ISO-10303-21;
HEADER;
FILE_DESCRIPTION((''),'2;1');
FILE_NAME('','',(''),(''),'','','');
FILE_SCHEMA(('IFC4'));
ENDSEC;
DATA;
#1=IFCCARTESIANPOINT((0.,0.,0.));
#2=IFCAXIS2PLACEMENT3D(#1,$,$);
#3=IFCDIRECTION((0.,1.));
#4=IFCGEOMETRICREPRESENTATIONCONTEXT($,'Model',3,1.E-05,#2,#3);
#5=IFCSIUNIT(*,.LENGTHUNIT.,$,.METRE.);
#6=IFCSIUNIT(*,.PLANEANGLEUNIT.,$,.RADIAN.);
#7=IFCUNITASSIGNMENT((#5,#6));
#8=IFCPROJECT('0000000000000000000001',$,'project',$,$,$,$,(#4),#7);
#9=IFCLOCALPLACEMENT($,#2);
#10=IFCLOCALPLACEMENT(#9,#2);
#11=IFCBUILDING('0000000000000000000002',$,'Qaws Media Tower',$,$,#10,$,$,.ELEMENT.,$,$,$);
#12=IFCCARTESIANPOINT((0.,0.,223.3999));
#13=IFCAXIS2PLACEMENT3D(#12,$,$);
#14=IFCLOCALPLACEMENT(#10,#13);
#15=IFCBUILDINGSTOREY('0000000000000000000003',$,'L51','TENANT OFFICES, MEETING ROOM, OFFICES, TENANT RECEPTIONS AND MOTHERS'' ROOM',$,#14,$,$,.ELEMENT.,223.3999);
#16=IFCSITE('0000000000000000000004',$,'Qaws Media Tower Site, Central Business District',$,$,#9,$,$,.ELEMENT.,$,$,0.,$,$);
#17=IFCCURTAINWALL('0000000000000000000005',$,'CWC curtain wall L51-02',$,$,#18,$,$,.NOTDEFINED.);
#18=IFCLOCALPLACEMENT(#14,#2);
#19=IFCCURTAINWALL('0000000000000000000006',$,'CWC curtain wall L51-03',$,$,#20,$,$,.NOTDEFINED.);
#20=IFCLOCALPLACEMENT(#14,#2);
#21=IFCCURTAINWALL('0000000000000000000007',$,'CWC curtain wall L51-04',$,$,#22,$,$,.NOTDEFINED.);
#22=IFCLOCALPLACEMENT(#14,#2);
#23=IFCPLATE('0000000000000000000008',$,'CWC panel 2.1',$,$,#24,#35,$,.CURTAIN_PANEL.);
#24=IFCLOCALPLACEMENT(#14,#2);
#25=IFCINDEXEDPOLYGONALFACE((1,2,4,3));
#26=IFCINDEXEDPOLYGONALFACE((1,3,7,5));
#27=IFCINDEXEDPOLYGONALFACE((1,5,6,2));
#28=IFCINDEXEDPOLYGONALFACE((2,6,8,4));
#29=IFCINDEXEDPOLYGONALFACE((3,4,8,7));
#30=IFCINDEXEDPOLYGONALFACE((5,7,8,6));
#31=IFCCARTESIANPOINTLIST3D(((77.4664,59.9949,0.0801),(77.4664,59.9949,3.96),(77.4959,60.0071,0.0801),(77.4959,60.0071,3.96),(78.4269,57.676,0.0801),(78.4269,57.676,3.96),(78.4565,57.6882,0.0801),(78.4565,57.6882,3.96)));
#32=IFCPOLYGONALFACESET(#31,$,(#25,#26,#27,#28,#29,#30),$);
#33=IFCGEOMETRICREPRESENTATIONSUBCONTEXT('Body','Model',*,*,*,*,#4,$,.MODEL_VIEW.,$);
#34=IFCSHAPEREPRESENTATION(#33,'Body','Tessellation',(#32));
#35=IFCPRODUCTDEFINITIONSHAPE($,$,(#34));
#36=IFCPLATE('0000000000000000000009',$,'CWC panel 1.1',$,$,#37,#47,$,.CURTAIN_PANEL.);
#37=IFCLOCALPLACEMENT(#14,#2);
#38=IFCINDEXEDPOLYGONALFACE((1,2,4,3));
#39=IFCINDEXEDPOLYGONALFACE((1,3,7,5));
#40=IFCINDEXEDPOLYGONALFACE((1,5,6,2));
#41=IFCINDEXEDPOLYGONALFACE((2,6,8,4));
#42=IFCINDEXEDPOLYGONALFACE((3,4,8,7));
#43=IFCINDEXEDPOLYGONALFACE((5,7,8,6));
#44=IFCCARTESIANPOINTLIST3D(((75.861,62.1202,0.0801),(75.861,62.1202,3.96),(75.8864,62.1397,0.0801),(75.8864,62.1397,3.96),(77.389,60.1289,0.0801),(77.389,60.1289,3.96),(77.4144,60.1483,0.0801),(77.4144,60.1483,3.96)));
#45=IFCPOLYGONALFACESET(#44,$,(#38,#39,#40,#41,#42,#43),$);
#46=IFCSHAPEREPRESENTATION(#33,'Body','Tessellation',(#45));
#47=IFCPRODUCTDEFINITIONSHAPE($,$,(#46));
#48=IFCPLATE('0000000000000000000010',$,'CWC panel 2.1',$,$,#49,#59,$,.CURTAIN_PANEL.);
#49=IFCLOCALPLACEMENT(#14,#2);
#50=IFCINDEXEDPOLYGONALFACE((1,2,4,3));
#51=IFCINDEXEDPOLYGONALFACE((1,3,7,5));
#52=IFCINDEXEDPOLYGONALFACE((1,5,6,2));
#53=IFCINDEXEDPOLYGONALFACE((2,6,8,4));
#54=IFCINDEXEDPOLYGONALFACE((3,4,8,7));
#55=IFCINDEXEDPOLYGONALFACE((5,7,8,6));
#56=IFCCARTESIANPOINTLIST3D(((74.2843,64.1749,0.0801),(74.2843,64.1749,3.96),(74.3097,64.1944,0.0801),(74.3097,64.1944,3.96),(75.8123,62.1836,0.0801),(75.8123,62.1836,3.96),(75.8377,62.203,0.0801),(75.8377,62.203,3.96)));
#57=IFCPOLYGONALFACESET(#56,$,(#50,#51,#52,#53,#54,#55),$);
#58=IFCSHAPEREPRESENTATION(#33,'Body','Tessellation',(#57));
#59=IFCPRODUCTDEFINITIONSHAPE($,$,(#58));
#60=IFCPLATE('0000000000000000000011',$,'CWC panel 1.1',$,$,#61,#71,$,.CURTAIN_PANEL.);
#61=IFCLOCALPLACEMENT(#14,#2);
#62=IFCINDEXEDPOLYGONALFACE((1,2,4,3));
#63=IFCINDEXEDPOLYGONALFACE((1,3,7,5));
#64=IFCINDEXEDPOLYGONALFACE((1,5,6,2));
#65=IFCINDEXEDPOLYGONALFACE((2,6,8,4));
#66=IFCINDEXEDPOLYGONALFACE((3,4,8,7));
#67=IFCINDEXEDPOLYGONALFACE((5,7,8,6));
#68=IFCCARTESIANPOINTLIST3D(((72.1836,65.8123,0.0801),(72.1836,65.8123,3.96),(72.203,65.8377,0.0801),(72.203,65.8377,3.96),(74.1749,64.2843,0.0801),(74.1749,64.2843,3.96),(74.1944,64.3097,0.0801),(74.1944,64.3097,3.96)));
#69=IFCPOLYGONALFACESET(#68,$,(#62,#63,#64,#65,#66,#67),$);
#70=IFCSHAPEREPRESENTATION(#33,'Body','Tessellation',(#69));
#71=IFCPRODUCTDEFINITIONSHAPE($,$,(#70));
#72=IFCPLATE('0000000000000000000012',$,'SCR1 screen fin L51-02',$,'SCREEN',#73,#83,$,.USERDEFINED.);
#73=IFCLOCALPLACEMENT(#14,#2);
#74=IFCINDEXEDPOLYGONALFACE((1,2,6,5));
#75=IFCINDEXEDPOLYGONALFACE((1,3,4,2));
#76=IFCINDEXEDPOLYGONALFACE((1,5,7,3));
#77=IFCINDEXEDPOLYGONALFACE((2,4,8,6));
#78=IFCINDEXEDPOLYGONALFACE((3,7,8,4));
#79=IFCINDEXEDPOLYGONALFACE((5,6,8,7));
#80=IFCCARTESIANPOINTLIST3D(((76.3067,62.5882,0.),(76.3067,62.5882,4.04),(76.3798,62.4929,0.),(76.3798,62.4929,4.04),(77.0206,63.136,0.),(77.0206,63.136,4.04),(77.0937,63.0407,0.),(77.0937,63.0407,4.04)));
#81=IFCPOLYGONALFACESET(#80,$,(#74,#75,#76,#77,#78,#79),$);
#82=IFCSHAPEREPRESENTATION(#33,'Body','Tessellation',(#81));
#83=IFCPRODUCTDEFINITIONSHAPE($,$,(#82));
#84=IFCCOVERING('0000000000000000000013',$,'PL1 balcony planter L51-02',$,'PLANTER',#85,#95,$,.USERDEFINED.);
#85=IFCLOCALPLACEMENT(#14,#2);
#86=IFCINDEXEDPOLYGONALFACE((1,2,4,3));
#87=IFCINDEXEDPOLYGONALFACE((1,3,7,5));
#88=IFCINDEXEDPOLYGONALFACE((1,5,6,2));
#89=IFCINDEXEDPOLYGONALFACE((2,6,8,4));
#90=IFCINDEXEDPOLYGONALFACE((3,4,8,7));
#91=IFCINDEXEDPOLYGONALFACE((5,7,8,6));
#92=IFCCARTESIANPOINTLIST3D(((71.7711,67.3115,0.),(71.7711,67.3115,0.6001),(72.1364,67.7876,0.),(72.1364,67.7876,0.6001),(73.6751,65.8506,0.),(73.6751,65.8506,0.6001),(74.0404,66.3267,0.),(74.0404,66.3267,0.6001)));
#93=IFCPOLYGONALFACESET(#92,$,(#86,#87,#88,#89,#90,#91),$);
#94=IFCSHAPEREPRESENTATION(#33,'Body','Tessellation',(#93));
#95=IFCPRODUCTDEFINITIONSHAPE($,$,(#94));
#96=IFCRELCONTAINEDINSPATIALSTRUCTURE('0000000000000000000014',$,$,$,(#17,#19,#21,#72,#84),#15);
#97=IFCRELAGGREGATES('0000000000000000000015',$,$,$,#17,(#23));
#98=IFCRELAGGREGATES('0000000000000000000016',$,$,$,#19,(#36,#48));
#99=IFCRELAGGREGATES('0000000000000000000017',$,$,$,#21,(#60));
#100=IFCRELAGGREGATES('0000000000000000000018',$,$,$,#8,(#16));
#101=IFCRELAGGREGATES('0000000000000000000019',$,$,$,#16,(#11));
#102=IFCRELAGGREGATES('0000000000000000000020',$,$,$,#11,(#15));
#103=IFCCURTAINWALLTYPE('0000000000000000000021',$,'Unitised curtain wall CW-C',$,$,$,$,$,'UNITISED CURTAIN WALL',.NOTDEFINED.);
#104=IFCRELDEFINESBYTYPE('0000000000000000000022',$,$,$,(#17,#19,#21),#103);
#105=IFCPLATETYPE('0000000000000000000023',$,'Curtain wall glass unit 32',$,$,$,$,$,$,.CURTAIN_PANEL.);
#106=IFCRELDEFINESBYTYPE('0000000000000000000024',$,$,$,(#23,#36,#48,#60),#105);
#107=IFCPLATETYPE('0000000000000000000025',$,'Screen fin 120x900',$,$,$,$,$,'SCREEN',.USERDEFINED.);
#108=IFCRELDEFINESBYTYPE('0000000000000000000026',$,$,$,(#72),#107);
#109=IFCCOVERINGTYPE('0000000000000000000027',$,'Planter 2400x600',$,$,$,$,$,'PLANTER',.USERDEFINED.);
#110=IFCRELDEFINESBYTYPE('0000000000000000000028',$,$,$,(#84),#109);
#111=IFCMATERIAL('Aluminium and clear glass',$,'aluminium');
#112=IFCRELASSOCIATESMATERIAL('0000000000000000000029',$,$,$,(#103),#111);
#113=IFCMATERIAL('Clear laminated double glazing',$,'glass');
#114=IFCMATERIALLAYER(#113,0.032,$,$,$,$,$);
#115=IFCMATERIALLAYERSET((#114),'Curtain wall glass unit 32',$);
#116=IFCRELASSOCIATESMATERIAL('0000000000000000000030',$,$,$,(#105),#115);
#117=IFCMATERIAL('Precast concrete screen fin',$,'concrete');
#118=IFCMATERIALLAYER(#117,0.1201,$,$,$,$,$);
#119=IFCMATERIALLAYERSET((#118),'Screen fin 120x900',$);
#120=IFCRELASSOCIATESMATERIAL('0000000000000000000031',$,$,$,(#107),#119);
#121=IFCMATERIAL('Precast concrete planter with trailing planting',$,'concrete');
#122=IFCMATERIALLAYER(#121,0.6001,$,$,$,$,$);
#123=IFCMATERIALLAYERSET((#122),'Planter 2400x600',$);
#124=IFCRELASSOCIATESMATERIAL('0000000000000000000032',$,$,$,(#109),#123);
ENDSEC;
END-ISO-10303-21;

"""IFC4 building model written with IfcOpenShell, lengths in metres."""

from ifc_helpers import new_model, si_unit, direction, frame, origin, origin_2d, place, context, subcontext, project, spatial, rectangle, extrude, material, layer, layer_set, type_object, element, aggregate, save


model = new_model("IFC4")

# Units and contexts
model_context = context("Model", 3, precision=1e-05, world=origin(), true_north=direction((0.0, 1.0)))
body_context = subcontext(model_context, "Body", "Model", "MODEL_VIEW")
ifc_project = project(units=[si_unit("LENGTHUNIT", "METRE"), si_unit("PLANEANGLEUNIT", "RADIAN")], contexts=[model_context])

# Site, building, storey
site_placement = place(None, origin())
site = spatial("IfcSite", under=ifc_project, at=site_placement, Name="Qaws Media Tower Site, Central Business District", CompositionType="ELEMENT", RefElevation=0.0)
building_placement = place(site_placement, origin())
building = spatial("IfcBuilding", under=site, at=building_placement, Name="Qaws Media Tower", CompositionType="ELEMENT")
storey_placement = place(building_placement, frame((0.0, 0.0, 223.3999)))
storey = spatial("IfcBuildingStorey", under=building, at=storey_placement, Name="L51", Description="TENANT OFFICES, MEETING ROOM, OFFICES, TENANT RECEPTIONS AND MOTHERS' ROOM", CompositionType="ELEMENT", Elevation=223.3999)

# Curtain wall
ifc_material_1 = material(Name="Aluminium and clear glass", Category="aluminium")
curtain_wall_type = type_object("IfcCurtainWallType", Name="Unitised curtain wall CW-C", ElementType="UNITISED CURTAIN WALL", PredefinedType="NOTDEFINED", material=ifc_material_1)
curtain_wall_1_placement = place(storey_placement, origin())
curtain_wall_1 = element("IfcCurtainWall", 1, at=curtain_wall_1_placement, inside=storey, type_object=curtain_wall_type, Name="CWC curtain wall L51-02", PredefinedType="NOTDEFINED")

# Curtain walls
curtain_wall_2_placement = place(storey_placement, origin())
curtain_wall_2 = element("IfcCurtainWall", 2, at=curtain_wall_2_placement, inside=storey, type_object=curtain_wall_type, Name="CWC curtain wall L51-03", PredefinedType="NOTDEFINED")
curtain_wall_3_placement = place(storey_placement, origin())
curtain_wall_3 = element("IfcCurtainWall", 3, at=curtain_wall_3_placement, inside=storey, type_object=curtain_wall_type, Name="CWC curtain wall L51-04", PredefinedType="NOTDEFINED")

# Plates
ifc_material_2 = material(Name="Clear laminated double glazing", Category="glass")
ifc_layer_1 = layer(ifc_material_2, 0.032)
ifc_layer_set_1 = layer_set([ifc_layer_1], Name="Curtain wall glass unit 32")
plate_type_1 = type_object("IfcPlateType", Name="Curtain wall glass unit 32", PredefinedType="CURTAIN_PANEL", material=ifc_layer_set_1)
plate_1_placement = place(storey_placement, frame((77.9614, 58.8416, 0.0801), z_axis=(0.0, 0.0, 1.0), x_axis=(-0.382683, 0.92388, 0.0)))
plate_1 = element("IfcPlate", 4, at=plate_1_placement, type_object=plate_type_1, Name="CWC panel 2.1", PredefinedType="CURTAIN_PANEL", context=body_context, shape_type="SweptSolid", body=[
    extrude(rectangle(XDim=2.51, YDim=0.032, at=origin_2d()), origin(), (0.0, 0.0, 1.0), 3.8799),
])
aggregate(curtain_wall_1, [plate_1])
plate_2_placement = place(storey_placement, frame((76.6377, 61.1343, 0.0801), z_axis=(0.0, 0.0, 1.0), x_axis=(-0.608761, 0.793353, 0.0)))
plate_2 = element("IfcPlate", 5, at=plate_2_placement, type_object=plate_type_1, Name="CWC panel 1.1", PredefinedType="CURTAIN_PANEL", context=body_context, shape_type="SweptSolid", body=[
    extrude(rectangle(XDim=2.51, YDim=0.032, at=origin_2d()), origin(), (0.0, 0.0, 1.0), 3.8799),
])
plate_3_placement = place(storey_placement, frame((75.061, 63.189, 0.0801), z_axis=(0.0, 0.0, 1.0), x_axis=(-0.608761, 0.793353, 0.0)))
plate_3 = element("IfcPlate", 6, at=plate_3_placement, type_object=plate_type_1, Name="CWC panel 2.1", PredefinedType="CURTAIN_PANEL", context=body_context, shape_type="SweptSolid", body=[
    extrude(rectangle(XDim=2.51, YDim=0.032, at=origin_2d()), origin(), (0.0, 0.0, 1.0), 3.8799),
])
aggregate(curtain_wall_2, [plate_2, plate_3])
plate_4_placement = place(storey_placement, frame((73.189, 65.061, 0.0801), z_axis=(0.0, 0.0, 1.0), x_axis=(-0.793353, 0.608761, 0.0)))
plate_4 = element("IfcPlate", 7, at=plate_4_placement, type_object=plate_type_1, Name="CWC panel 1.1", PredefinedType="CURTAIN_PANEL", context=body_context, shape_type="SweptSolid", body=[
    extrude(rectangle(XDim=2.51, YDim=0.032, at=origin_2d()), origin(), (0.0, 0.0, 1.0), 3.8799),
])
aggregate(curtain_wall_3, [plate_4])
ifc_material_3 = material(Name="Precast concrete screen fin", Category="concrete")
ifc_layer_2 = layer(ifc_material_3, 0.1201)
ifc_layer_set_2 = layer_set([ifc_layer_2], Name="Screen fin 120x900")
plate_type_2 = type_object("IfcPlateType", Name="Screen fin 120x900", ElementType="SCREEN", PredefinedType="USERDEFINED", material=ifc_layer_set_2)
plate_5_placement = place(storey_placement, frame((76.7002, 62.8145, 0.0), z_axis=(0.0, 0.0, 1.0), x_axis=(0.793353, 0.608761, 0.0)))
element("IfcPlate", 8, at=plate_5_placement, inside=storey, type_object=plate_type_2, Name="SCR1 screen fin L51-02", ObjectType="SCREEN", PredefinedType="USERDEFINED", context=body_context, shape_type="SweptSolid", body=[
    extrude(rectangle(XDim=0.8999, YDim=0.1201, at=origin_2d()), origin(), (0.0, 0.0, 1.0), 4.04),
])

# Covering
ifc_material_4 = material(Name="Precast concrete planter with trailing planting", Category="concrete")
ifc_layer_3 = layer(ifc_material_4, 0.6001)
ifc_layer_set_3 = layer_set([ifc_layer_3], Name="Planter 2400x600")
covering_type = type_object("IfcCoveringType", Name="Planter 2400x600", ElementType="PLANTER", PredefinedType="USERDEFINED", material=ifc_layer_set_3)
covering_placement = place(storey_placement, frame((72.9058, 66.8191, 0.0), z_axis=(0.0, 0.0, 1.0), x_axis=(-0.793353, 0.608761, 0.0)))
element("IfcCovering", 9, at=covering_placement, inside=storey, type_object=covering_type, Name="PL1 balcony planter L51-02", ObjectType="PLANTER", PredefinedType="USERDEFINED", context=body_context, shape_type="SweptSolid", body=[
    extrude(rectangle(XDim=2.3999, YDim=0.6001, at=origin_2d()), origin(), (0.0, 0.0, 1.0), 0.6001),
])

save(model, "model.ifc")
